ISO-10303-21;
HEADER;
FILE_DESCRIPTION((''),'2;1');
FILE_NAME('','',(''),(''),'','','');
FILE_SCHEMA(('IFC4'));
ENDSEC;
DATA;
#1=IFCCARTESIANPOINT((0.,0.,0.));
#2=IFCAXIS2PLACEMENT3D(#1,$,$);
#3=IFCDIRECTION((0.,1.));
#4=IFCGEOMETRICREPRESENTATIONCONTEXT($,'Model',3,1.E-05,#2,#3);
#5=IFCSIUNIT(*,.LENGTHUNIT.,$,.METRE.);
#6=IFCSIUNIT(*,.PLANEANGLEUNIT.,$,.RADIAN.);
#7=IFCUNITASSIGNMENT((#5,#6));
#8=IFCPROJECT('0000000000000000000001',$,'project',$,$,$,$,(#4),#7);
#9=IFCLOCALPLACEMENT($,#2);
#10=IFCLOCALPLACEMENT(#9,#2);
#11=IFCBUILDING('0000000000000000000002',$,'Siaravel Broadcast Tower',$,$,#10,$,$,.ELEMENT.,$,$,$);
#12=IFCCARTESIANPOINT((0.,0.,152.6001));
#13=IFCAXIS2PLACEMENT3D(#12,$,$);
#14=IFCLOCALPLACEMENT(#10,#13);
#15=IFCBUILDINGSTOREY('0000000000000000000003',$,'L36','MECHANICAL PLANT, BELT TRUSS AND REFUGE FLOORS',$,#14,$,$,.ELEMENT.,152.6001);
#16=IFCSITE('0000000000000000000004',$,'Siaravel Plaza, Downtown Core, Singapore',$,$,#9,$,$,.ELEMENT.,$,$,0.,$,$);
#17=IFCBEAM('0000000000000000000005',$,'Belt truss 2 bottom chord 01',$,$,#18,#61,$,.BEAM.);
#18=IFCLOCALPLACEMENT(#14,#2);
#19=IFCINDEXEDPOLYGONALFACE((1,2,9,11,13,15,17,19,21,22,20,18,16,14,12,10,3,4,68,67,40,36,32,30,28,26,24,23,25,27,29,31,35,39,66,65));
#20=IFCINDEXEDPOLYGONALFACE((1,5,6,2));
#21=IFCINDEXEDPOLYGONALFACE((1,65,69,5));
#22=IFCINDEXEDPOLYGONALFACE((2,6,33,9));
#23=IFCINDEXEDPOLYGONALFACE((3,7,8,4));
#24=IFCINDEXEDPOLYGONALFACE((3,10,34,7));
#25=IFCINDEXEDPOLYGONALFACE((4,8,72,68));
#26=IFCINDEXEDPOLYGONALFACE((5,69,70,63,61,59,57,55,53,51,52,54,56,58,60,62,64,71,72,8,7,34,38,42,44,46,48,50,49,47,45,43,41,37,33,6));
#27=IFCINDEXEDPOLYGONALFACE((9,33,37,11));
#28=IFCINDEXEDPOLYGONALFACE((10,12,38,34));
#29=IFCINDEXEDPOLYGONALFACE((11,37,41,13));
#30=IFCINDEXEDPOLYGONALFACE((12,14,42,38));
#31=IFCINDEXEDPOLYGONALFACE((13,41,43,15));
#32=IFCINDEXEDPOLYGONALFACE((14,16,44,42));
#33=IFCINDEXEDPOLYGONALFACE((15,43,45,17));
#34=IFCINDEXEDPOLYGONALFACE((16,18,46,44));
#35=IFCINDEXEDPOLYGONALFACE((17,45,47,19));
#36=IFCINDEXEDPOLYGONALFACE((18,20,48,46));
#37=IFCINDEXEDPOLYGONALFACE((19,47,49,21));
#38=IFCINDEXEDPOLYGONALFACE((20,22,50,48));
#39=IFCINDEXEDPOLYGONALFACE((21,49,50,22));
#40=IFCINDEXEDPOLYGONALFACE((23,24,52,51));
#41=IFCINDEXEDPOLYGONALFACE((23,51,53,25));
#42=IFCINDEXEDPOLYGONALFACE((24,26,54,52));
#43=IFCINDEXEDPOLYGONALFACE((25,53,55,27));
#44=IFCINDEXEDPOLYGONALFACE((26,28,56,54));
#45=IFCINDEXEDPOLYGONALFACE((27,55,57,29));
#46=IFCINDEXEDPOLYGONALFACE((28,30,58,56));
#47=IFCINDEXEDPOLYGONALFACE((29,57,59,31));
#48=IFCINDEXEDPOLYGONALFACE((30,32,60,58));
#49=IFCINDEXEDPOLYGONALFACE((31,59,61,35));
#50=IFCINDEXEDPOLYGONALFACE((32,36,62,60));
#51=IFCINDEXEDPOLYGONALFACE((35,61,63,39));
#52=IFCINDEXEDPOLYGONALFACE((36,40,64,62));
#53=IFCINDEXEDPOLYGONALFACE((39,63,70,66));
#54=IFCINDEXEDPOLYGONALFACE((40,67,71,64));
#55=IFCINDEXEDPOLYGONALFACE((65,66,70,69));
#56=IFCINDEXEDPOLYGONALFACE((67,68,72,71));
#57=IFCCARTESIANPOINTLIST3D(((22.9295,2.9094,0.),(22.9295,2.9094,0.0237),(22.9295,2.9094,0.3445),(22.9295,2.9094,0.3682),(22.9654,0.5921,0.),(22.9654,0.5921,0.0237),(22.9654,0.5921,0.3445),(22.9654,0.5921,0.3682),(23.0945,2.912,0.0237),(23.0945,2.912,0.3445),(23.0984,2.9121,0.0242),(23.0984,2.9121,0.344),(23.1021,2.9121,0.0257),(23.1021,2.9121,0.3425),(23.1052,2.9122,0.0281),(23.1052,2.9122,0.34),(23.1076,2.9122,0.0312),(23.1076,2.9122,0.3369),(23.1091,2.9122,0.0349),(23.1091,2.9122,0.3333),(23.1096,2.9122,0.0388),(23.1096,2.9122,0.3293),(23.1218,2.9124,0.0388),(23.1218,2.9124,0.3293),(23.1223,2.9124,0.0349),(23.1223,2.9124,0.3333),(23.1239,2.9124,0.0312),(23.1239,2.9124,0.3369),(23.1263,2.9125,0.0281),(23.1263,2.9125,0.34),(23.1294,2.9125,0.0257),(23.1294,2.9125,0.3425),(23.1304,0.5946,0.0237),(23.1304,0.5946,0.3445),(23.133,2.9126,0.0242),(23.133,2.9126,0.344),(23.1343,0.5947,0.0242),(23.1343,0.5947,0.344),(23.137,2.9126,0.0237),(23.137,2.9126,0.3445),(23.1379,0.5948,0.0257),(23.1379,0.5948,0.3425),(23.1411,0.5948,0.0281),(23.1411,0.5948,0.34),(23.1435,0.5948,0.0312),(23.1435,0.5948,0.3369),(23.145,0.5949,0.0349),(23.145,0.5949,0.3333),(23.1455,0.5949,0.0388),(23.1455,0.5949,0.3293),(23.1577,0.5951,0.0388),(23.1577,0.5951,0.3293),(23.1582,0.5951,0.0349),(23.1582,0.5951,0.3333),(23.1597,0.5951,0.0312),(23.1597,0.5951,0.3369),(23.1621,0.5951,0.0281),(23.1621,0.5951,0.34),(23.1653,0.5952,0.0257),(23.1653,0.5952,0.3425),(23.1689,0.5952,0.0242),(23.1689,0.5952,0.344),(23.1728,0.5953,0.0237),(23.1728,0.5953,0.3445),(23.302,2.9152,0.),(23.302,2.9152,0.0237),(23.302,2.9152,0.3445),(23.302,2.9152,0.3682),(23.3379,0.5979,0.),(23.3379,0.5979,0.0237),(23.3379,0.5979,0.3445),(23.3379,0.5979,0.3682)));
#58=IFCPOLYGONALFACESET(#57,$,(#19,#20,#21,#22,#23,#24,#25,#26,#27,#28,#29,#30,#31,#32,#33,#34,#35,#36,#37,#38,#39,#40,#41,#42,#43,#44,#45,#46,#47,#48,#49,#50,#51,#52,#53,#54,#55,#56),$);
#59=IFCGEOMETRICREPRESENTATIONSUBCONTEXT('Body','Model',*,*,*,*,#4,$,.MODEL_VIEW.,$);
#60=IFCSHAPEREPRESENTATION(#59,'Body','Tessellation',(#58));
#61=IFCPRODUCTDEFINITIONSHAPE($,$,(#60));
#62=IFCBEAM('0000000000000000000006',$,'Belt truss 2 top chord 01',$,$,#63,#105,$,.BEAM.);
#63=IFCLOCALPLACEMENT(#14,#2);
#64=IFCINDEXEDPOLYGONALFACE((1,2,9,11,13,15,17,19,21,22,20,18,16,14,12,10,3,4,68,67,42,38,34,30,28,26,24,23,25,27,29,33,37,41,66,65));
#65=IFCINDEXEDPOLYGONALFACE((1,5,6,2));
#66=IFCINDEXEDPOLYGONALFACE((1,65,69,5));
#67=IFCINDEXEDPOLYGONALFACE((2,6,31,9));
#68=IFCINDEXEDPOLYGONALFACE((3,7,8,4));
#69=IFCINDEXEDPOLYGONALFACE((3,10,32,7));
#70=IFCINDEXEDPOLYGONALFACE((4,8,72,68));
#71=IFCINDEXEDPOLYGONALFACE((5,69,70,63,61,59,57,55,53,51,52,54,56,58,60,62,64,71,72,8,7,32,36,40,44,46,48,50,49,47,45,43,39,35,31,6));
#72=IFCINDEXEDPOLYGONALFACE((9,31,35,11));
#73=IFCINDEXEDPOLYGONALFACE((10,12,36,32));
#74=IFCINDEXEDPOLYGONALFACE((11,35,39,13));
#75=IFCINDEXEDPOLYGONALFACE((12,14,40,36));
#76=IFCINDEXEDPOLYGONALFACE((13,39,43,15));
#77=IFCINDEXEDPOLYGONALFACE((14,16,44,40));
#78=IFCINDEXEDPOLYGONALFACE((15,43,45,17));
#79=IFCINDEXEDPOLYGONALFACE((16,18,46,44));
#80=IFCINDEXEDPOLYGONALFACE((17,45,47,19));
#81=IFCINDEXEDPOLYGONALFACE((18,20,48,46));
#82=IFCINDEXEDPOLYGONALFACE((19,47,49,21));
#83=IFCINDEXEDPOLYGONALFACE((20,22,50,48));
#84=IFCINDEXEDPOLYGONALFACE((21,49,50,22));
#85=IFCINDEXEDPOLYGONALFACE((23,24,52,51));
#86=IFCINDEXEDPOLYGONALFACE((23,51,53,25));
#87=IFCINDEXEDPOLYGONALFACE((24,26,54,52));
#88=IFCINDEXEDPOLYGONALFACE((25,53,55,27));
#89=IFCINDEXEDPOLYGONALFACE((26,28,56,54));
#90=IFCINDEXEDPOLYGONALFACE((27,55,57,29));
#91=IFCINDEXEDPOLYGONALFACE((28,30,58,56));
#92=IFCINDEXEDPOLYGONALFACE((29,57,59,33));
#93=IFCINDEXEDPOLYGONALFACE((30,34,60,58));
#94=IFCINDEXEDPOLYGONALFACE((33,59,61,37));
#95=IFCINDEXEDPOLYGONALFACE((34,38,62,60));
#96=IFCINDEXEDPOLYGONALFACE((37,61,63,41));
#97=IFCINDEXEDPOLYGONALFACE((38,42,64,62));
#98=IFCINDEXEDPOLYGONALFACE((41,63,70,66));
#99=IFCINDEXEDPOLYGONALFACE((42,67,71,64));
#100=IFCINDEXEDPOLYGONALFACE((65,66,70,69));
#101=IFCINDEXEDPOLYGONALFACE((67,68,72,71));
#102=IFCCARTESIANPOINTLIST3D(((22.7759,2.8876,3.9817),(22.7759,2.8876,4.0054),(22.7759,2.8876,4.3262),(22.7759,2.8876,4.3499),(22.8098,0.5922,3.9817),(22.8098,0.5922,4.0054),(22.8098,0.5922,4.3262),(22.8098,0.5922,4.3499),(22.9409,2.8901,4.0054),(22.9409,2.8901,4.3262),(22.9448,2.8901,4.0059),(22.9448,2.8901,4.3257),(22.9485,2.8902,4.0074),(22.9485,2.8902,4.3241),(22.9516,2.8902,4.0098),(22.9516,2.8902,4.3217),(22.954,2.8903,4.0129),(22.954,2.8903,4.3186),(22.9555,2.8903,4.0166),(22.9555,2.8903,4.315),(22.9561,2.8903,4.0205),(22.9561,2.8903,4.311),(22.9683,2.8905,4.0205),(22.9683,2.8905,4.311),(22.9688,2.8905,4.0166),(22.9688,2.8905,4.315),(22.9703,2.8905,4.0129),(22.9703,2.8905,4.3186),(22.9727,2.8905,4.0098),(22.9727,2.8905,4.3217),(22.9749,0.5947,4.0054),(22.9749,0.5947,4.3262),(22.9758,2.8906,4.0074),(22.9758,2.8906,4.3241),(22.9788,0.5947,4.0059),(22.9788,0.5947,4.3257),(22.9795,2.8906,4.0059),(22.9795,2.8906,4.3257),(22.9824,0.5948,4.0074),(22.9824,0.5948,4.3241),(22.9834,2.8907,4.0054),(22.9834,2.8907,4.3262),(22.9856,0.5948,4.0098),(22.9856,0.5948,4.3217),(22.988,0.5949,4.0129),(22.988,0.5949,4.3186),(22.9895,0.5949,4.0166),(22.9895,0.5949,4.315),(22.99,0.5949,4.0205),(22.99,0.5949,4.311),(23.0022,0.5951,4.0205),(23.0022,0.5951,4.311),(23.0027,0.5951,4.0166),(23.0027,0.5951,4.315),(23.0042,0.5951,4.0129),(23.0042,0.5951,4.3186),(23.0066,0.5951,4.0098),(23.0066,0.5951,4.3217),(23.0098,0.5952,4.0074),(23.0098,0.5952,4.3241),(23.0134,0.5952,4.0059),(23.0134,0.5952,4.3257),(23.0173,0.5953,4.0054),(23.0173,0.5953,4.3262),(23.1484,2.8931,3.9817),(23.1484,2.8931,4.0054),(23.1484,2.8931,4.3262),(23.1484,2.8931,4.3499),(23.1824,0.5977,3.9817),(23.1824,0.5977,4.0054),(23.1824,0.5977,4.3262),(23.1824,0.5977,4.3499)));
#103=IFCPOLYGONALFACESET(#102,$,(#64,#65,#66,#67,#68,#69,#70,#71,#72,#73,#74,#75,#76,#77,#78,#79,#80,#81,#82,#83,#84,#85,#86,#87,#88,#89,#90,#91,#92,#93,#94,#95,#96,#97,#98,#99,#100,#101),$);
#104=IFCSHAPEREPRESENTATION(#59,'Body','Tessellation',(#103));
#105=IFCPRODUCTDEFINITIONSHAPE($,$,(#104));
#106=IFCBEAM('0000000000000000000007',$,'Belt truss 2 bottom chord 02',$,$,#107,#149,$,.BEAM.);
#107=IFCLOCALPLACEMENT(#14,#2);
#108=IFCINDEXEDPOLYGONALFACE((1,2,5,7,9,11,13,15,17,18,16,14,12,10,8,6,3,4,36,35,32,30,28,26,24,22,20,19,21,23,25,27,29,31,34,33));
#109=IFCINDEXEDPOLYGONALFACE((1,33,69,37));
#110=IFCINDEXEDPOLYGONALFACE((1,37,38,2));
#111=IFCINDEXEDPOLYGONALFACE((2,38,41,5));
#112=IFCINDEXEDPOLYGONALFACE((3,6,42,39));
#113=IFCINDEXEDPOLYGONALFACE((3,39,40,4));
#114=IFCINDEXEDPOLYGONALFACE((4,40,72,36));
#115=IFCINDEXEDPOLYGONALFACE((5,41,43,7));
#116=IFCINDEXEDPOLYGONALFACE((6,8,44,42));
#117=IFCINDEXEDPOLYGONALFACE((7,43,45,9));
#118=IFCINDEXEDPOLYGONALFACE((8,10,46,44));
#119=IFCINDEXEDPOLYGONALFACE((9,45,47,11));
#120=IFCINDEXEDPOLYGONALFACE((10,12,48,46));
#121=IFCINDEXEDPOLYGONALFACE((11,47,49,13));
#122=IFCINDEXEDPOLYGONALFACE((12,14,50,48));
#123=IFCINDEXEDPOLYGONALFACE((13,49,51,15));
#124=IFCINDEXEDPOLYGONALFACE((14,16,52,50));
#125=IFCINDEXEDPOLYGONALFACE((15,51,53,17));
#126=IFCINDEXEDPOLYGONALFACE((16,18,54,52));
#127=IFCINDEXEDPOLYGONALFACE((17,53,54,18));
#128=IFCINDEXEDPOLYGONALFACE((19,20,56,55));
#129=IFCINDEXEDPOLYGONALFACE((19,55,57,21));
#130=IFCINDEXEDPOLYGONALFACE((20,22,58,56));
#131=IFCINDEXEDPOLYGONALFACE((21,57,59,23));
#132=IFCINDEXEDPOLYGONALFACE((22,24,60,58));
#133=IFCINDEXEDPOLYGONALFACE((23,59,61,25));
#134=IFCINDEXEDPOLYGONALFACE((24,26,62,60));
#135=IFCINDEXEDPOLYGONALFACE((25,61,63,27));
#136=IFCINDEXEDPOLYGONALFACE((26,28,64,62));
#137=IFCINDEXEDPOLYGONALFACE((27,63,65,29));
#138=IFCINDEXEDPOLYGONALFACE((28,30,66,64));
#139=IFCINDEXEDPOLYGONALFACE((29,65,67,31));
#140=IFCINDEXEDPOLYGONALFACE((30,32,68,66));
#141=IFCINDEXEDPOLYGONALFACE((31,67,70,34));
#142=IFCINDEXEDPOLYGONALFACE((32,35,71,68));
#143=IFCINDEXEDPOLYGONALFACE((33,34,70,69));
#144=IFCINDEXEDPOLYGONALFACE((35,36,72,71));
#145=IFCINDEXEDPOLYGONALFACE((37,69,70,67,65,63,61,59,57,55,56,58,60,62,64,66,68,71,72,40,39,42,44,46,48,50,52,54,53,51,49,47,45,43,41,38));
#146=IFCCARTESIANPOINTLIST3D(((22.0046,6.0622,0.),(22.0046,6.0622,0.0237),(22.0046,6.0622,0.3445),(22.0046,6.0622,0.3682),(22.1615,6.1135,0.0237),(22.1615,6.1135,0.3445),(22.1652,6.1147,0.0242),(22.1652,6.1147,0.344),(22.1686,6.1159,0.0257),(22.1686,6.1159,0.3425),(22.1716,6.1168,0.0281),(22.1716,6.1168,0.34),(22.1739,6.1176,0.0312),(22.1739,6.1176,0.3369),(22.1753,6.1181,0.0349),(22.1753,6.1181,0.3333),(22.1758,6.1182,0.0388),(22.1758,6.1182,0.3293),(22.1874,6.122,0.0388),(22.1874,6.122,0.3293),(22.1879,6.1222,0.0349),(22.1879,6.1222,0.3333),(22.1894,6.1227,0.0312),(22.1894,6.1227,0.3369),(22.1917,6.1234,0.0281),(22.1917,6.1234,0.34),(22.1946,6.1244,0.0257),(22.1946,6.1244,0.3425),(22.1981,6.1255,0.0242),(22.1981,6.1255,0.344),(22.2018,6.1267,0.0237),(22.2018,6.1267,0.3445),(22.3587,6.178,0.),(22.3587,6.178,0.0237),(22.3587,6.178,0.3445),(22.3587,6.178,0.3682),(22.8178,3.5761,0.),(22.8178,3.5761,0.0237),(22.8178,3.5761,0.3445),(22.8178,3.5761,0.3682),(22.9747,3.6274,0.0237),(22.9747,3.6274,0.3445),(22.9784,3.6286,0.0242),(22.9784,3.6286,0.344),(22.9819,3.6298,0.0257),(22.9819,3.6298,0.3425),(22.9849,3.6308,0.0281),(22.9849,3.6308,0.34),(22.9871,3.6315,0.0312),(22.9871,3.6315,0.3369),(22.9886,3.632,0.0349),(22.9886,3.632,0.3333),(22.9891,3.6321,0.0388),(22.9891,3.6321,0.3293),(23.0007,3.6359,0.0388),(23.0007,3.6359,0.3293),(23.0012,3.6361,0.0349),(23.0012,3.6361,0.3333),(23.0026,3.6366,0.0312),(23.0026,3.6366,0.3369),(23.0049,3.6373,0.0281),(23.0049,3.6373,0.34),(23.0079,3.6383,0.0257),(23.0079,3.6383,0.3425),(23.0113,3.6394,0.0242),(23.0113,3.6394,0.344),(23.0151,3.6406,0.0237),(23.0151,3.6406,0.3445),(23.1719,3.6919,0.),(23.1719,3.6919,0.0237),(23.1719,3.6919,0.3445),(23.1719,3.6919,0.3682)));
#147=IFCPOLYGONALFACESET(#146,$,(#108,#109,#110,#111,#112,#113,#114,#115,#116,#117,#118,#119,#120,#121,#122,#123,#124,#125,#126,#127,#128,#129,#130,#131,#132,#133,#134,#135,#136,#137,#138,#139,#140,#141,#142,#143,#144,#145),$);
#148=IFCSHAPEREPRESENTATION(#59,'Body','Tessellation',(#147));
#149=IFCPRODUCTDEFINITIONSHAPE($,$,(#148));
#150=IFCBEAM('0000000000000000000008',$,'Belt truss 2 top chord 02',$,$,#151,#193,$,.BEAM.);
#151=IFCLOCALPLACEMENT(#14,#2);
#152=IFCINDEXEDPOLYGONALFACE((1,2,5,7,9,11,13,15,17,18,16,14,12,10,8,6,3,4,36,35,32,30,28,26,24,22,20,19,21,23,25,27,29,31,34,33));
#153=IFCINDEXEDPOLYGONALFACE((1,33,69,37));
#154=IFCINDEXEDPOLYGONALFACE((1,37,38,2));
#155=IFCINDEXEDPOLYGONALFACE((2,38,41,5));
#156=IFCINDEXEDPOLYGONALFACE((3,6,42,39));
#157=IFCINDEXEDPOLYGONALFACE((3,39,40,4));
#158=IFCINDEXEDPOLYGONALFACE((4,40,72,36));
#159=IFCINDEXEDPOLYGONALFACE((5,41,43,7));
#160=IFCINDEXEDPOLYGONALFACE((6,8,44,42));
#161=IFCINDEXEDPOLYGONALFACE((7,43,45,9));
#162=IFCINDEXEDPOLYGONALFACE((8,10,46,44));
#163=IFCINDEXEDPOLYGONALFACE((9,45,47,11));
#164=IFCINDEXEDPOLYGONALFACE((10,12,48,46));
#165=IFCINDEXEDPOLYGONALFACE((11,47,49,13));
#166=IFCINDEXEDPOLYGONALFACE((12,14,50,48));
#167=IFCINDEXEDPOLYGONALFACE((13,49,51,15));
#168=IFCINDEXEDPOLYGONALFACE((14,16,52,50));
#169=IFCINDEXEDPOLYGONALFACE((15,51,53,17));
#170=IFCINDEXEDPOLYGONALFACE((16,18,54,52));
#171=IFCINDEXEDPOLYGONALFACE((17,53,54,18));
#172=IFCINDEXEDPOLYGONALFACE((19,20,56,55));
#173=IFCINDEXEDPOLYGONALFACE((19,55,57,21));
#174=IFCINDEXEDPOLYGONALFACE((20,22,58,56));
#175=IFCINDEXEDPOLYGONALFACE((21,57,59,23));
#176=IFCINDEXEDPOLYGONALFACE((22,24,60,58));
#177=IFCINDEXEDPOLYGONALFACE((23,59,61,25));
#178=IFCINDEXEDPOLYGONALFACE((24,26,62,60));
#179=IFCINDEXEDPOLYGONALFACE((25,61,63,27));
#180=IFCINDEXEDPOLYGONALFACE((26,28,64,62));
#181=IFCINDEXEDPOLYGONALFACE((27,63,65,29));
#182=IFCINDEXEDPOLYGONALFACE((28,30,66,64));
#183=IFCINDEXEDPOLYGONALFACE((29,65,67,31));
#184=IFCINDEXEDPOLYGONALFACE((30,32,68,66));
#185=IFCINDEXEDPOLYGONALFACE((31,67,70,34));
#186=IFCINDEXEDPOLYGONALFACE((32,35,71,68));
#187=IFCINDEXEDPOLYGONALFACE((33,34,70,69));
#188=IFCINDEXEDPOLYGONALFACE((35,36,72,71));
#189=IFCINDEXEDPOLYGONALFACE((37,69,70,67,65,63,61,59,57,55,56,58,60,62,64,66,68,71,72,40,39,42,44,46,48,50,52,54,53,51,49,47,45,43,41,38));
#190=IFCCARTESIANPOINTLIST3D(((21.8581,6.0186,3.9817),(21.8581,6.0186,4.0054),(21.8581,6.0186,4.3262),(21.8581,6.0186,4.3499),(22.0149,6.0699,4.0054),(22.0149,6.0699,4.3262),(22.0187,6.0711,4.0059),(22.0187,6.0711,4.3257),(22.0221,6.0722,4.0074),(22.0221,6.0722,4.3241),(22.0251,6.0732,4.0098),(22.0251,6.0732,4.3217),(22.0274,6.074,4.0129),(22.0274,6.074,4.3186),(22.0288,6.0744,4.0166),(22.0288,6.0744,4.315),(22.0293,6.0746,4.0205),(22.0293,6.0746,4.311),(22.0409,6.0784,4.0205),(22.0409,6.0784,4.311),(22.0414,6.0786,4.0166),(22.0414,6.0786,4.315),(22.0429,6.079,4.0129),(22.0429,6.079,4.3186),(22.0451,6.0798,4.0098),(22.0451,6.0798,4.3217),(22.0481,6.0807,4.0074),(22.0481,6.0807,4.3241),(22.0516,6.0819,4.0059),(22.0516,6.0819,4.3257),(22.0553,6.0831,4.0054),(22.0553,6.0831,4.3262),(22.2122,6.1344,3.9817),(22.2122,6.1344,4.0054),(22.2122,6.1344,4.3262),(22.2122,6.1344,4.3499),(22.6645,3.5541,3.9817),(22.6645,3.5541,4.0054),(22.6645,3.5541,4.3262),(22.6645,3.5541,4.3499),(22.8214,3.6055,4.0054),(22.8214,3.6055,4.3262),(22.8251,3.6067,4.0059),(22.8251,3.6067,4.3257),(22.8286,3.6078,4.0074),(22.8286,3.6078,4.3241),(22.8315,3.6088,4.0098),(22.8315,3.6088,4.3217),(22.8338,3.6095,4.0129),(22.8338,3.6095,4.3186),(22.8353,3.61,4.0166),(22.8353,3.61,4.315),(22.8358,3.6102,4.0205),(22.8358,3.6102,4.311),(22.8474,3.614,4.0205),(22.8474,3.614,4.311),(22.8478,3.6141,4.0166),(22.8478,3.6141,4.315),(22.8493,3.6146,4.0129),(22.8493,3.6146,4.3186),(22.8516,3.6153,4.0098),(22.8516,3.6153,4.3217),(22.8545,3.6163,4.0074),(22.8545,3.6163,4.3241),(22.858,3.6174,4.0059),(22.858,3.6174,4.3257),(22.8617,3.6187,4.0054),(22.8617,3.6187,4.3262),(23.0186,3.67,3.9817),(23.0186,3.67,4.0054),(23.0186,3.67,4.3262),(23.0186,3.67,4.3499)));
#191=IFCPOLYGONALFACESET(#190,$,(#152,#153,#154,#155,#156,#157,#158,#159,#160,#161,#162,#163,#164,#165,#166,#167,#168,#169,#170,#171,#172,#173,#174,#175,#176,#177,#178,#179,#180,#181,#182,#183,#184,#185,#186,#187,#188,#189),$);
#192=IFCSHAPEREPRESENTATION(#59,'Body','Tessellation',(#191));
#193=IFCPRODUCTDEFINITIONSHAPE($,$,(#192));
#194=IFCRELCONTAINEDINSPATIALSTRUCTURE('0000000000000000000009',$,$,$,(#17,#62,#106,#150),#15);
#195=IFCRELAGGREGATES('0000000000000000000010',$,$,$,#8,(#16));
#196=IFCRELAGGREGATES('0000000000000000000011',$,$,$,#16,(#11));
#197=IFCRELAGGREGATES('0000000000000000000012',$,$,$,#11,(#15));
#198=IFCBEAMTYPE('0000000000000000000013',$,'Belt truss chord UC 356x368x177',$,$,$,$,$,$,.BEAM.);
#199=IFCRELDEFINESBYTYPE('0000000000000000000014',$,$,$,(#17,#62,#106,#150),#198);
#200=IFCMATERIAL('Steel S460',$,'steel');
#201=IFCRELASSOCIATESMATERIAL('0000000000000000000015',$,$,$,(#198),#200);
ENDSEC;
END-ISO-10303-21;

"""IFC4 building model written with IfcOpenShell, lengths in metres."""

from ifc_helpers import new_model, si_unit, direction, frame, origin, origin_2d, place, context, subcontext, project, spatial, i_section, extrude, material, material_profile, profile_set, type_object, element, save


model = new_model("IFC4")

# Units and contexts
model_context = context("Model", 3, precision=1e-05, world=origin(), true_north=direction((0.0, 1.0)))
body_context = subcontext(model_context, "Body", "Model", "MODEL_VIEW")
ifc_project = project(units=[si_unit("LENGTHUNIT", "METRE"), si_unit("PLANEANGLEUNIT", "RADIAN")], contexts=[model_context])

# Site, building, storey
site_placement = place(None, origin())
site = spatial("IfcSite", under=ifc_project, at=site_placement, Name="Siaravel Plaza, Downtown Core, Singapore", CompositionType="ELEMENT", RefElevation=0.0)
building_placement = place(site_placement, origin())
building = spatial("IfcBuilding", under=site, at=building_placement, Name="Siaravel Broadcast Tower", CompositionType="ELEMENT")
storey_placement = place(building_placement, frame((0.0, 0.0, 152.6001)))
storey = spatial("IfcBuildingStorey", under=building, at=storey_placement, Name="L36", Description="MECHANICAL PLANT, BELT TRUSS AND REFUGE FLOORS", CompositionType="ELEMENT", Elevation=152.6001)

# Beams
ifc_material_1 = material(Name="Steel S460", Category="steel")
ifc_material_profile_1 = material_profile(ifc_material_1, i_section(OverallWidth=0.3726, OverallDepth=0.3682, WebThickness=0.0122, FlangeThickness=0.0237, FilletRadius=0.0151, at=origin_2d()))
ifc_profile_set_1 = profile_set([ifc_material_profile_1], Name="Steel S460")
beam_type_1 = type_object("IfcBeamType", Name="Belt truss chord UC 356x368x177", PredefinedType="BEAM", material=ifc_profile_set_1)
beam_1_placement = place(storey_placement, frame((23.1516, 0.595, 0.1841), z_axis=(-0.015485, 0.99988, 0.0), x_axis=(-0.99988, -0.015485, 0.0)))
element("IfcBeam", 1, at=beam_1_placement, inside=storey, type_object=beam_type_1, Name="Belt truss 2 bottom chord 01", PredefinedType="BEAM", context=body_context, shape_type="SweptSolid", body=[
    extrude(i_section(OverallWidth=0.3726, OverallDepth=0.3682, WebThickness=0.0122, FlangeThickness=0.0237, FilletRadius=0.0151, at=origin_2d()), origin(), (0.0, 0.0, 1.0), 2.3176),
])
beam_2_placement = place(storey_placement, frame((22.9961, 0.595, 4.1658), z_axis=(-0.014782, 0.999891, 0.0), x_axis=(-0.999891, -0.014782, 0.0)))
element("IfcBeam", 2, at=beam_2_placement, inside=storey, type_object=beam_type_1, Name="Belt truss 2 top chord 01", PredefinedType="BEAM", context=body_context, shape_type="SweptSolid", body=[
    extrude(i_section(OverallWidth=0.3726, OverallDepth=0.3682, WebThickness=0.0122, FlangeThickness=0.0237, FilletRadius=0.0151, at=origin_2d()), origin(), (0.0, 0.0, 1.0), 2.2957),
])
beam_3_placement = place(storey_placement, frame((22.9949, 3.634, 0.1841), z_axis=(-0.310903, 0.950442, 0.0), x_axis=(-0.950442, -0.310903, 0.0)))
element("IfcBeam", 3, at=beam_3_placement, inside=storey, type_object=beam_type_1, Name="Belt truss 2 bottom chord 02", PredefinedType="BEAM", context=body_context, shape_type="SweptSolid", body=[
    extrude(i_section(OverallWidth=0.3726, OverallDepth=0.3682, WebThickness=0.0122, FlangeThickness=0.0237, FilletRadius=0.0151, at=origin_2d()), origin(), (0.0, 0.0, 1.0), 2.6157),
])
beam_4_placement = place(storey_placement, frame((22.8416, 3.6121, 4.1658), z_axis=(-0.310997, 0.950411, 0.0), x_axis=(-0.950411, -0.310997, 0.0)))
element("IfcBeam", 4, at=beam_4_placement, inside=storey, type_object=beam_type_1, Name="Belt truss 2 top chord 02", PredefinedType="BEAM", context=body_context, shape_type="SweptSolid", body=[
    extrude(i_section(OverallWidth=0.3726, OverallDepth=0.3682, WebThickness=0.0122, FlangeThickness=0.0237, FilletRadius=0.0151, at=origin_2d()), origin(), (0.0, 0.0, 1.0), 2.593),
])

save(model, "model.ifc")
